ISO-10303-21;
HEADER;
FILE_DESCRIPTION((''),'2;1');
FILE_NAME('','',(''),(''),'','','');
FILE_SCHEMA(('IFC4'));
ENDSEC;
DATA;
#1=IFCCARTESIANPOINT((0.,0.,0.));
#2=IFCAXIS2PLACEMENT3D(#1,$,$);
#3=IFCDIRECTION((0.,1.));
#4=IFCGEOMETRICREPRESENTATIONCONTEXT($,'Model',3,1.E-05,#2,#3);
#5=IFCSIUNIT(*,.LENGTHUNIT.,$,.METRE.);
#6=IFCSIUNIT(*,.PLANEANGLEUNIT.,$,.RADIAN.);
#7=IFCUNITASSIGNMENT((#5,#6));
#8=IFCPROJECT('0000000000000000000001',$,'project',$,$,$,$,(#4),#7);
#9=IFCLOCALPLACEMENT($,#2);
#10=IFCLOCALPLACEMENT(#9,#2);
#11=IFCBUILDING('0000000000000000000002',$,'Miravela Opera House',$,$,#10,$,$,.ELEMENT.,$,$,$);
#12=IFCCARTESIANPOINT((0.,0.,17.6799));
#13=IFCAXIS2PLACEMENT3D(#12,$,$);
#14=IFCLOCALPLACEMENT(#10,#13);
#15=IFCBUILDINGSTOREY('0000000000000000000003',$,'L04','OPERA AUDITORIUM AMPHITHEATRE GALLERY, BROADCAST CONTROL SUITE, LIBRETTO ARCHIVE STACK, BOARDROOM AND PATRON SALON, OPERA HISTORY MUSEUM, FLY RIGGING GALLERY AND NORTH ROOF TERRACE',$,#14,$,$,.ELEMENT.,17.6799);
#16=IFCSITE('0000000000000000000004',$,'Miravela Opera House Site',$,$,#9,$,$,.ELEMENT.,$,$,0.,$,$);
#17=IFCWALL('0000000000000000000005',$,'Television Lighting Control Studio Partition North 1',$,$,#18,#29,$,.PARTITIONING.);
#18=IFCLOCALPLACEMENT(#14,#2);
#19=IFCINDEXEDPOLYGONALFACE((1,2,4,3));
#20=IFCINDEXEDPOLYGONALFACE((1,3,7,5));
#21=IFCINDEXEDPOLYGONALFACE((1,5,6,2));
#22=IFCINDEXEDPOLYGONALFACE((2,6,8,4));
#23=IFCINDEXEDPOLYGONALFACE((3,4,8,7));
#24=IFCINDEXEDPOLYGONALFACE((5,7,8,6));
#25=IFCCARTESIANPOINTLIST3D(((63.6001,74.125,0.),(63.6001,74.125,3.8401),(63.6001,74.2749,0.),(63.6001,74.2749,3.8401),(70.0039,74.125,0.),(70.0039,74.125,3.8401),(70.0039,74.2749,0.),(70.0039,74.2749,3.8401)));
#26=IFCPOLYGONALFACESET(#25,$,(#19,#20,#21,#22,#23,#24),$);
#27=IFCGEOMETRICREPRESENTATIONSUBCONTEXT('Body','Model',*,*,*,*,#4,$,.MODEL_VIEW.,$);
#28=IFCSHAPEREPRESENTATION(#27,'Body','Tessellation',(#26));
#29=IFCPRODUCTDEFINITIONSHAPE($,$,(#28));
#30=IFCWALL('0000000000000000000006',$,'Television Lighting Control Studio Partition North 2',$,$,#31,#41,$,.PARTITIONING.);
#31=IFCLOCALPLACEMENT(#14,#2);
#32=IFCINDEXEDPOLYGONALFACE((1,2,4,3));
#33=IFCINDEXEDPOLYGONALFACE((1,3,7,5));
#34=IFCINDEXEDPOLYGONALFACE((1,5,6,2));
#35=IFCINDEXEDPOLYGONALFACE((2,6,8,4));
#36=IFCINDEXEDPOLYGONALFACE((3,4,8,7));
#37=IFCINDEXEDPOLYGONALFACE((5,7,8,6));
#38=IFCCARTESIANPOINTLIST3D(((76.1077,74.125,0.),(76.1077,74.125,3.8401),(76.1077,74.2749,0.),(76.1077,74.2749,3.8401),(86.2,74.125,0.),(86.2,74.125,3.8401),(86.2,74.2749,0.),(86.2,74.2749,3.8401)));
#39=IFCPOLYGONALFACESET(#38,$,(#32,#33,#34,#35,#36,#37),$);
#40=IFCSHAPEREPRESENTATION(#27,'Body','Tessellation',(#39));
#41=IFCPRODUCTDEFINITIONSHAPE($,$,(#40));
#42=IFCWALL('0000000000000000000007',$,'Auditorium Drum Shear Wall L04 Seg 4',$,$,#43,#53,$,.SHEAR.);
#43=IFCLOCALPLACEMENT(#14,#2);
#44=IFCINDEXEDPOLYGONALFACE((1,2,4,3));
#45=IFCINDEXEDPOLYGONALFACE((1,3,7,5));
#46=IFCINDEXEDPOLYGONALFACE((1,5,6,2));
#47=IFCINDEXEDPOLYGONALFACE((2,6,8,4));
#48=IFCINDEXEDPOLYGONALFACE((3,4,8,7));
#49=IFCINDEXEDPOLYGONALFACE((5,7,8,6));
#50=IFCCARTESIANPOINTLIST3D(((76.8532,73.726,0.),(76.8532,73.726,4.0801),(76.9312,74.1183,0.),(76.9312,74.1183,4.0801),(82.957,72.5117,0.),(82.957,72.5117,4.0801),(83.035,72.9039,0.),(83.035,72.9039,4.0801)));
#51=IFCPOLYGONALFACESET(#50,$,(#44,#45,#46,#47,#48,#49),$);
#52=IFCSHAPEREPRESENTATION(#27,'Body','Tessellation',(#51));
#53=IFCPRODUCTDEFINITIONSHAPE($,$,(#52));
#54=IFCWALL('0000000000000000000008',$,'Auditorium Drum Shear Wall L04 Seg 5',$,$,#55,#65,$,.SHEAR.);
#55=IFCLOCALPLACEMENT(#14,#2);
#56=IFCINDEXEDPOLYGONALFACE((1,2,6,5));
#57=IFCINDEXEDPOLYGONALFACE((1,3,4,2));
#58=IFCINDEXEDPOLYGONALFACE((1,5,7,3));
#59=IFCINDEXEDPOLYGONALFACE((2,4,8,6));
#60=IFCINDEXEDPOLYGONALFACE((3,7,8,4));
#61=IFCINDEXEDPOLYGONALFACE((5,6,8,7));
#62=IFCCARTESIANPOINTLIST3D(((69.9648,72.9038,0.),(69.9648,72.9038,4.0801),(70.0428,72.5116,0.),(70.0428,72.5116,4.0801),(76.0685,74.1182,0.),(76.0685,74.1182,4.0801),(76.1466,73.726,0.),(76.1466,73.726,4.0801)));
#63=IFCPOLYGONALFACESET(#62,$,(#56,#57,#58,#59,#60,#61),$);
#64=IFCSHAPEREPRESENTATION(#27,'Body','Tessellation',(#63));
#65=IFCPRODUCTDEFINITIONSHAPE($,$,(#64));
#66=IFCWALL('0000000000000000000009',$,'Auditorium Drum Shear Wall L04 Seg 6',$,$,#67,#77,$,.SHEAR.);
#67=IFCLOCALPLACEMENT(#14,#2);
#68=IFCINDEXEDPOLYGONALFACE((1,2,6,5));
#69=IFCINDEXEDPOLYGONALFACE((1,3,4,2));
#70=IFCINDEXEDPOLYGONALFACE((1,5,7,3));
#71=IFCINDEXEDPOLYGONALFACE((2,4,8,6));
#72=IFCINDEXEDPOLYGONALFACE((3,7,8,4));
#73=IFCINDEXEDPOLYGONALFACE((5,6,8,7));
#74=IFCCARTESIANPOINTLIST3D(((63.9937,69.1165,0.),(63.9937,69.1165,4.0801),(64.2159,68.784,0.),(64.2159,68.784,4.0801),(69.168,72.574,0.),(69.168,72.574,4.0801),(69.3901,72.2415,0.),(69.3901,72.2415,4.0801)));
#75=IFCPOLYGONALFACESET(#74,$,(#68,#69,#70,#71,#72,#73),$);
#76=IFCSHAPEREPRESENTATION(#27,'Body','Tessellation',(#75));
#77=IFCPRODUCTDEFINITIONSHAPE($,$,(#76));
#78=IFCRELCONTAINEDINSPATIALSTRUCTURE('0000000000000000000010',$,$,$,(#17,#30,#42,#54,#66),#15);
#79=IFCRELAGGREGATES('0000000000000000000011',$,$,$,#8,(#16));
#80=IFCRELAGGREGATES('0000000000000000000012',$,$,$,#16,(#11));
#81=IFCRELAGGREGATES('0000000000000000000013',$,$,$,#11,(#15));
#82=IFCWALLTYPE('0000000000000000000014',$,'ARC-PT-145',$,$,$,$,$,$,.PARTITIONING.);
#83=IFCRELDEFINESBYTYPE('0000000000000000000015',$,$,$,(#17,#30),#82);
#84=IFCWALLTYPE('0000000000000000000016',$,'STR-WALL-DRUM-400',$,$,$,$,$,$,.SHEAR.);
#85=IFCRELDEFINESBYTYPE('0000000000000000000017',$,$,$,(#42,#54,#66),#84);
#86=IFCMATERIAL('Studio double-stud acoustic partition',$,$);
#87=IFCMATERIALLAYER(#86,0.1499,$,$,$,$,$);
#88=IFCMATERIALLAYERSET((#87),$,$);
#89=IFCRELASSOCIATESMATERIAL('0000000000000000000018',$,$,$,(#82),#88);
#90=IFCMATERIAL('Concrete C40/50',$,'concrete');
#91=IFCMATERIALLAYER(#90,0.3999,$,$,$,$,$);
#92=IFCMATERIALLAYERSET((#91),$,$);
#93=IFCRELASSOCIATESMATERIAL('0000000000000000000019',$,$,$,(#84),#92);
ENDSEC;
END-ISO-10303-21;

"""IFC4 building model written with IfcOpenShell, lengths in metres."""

from ifc_helpers import new_model, si_unit, direction, frame, frame_2d, origin, place, context, subcontext, project, spatial, rectangle, extrude, material, layer, layer_set, type_object, element, save


model = new_model("IFC4")

# Units and contexts
model_context = context("Model", 3, precision=1e-05, world=origin(), true_north=direction((0.0, 1.0)))
body_context = subcontext(model_context, "Body", "Model", "MODEL_VIEW")
ifc_project = project(units=[si_unit("LENGTHUNIT", "METRE"), si_unit("PLANEANGLEUNIT", "RADIAN")], contexts=[model_context])

# Site, building, storey
site_placement = place(None, origin())
site = spatial("IfcSite", under=ifc_project, at=site_placement, Name="Miravela Opera House Site", CompositionType="ELEMENT", RefElevation=0.0)
building_placement = place(site_placement, origin())
building = spatial("IfcBuilding", under=site, at=building_placement, Name="Miravela Opera House", CompositionType="ELEMENT")
storey_placement = place(building_placement, frame((0.0, 0.0, 17.6799)))
storey = spatial("IfcBuildingStorey", under=building, at=storey_placement, Name="L04", Description="OPERA AUDITORIUM AMPHITHEATRE GALLERY, BROADCAST CONTROL SUITE, LIBRETTO ARCHIVE STACK, BOARDROOM AND PATRON SALON, OPERA HISTORY MUSEUM, FLY RIGGING GALLERY AND NORTH ROOF TERRACE", CompositionType="ELEMENT", Elevation=17.6799)

# Shared definitions
ifc_material_1 = material(Name="Concrete C40/50", Category="concrete")

# Walls
ifc_material_2 = material(Name="Studio double-stud acoustic partition")
ifc_layer_1 = layer(ifc_material_2, 0.1499)
ifc_layer_set_1 = layer_set([ifc_layer_1])
wall_type_1 = type_object("IfcWallType", Name="ARC-PT-145", PredefinedType="PARTITIONING", material=ifc_layer_set_1)
wall_1_placement = place(storey_placement, frame((63.6001, 74.2, 0.0), z_axis=(0.0, 0.0, 1.0), x_axis=(1.0, 0.0, 0.0)))
element("IfcWall", 1, at=wall_1_placement, inside=storey, type_object=wall_type_1, Name="Television Lighting Control Studio Partition North 1", PredefinedType="PARTITIONING", context=body_context, shape_type="SweptSolid", body=[
    extrude(rectangle(XDim=6.4038, YDim=0.1499, at=frame_2d((3.2019, 0.0))), origin(), (0.0, 0.0, 1.0), 3.8401),
])
wall_2_placement = place(storey_placement, frame((76.1077, 74.2, 0.0), z_axis=(0.0, 0.0, 1.0), x_axis=(1.0, 0.0, 0.0)))
element("IfcWall", 2, at=wall_2_placement, inside=storey, type_object=wall_type_1, Name="Television Lighting Control Studio Partition North 2", PredefinedType="PARTITIONING", context=body_context, shape_type="SweptSolid", body=[
    extrude(rectangle(XDim=10.0923, YDim=0.1499, at=frame_2d((5.0461, 0.0))), origin(), (0.0, 0.0, 1.0), 3.8401),
])
ifc_layer_2 = layer(ifc_material_1, 0.3999)
ifc_layer_set_2 = layer_set([ifc_layer_2])
wall_type_2 = type_object("IfcWallType", Name="STR-WALL-DRUM-400", PredefinedType="SHEAR", material=ifc_layer_set_2)
for number, where, z_axis, x_axis, name in (
    (3, (82.9961, 72.7078, 0.0), (0.0, 0.0, 1.0), (-0.980778, 0.195128, 0.0), "Auditorium Drum Shear Wall L04 Seg 4"),
    (4, (76.1077, 73.9221, 0.0), (0.0, 0.0, 1.0), (-0.980778, -0.195128, 0.0), "Auditorium Drum Shear Wall L04 Seg 5"),
):
    element("IfcWall", number, at=place(storey_placement, frame(where, z_axis=z_axis, x_axis=x_axis)), inside=storey, type_object=wall_type_2, Name=name, PredefinedType="SHEAR", context=body_context, shape_type="SweptSolid", body=[
        extrude(rectangle(XDim=6.2234, YDim=0.3999, at=frame_2d((3.1118, 0.0))), origin(), (0.0, 0.0, 1.0), 4.0801),
    ])
wall_3_placement = place(storey_placement, frame((69.2791, 72.4077, 0.0), z_axis=(0.0, 0.0, 1.0), x_axis=(-0.831458, -0.555587, 0.0)))
element("IfcWall", 5, at=wall_3_placement, inside=storey, type_object=wall_type_2, Name="Auditorium Drum Shear Wall L04 Seg 6", PredefinedType="SHEAR", context=body_context, shape_type="SweptSolid", body=[
    extrude(rectangle(XDim=6.2231, YDim=0.3999, at=frame_2d((3.1116, 0.0))), origin(), (0.0, 0.0, 1.0), 4.0801),
])

save(model, "model.ifc")
